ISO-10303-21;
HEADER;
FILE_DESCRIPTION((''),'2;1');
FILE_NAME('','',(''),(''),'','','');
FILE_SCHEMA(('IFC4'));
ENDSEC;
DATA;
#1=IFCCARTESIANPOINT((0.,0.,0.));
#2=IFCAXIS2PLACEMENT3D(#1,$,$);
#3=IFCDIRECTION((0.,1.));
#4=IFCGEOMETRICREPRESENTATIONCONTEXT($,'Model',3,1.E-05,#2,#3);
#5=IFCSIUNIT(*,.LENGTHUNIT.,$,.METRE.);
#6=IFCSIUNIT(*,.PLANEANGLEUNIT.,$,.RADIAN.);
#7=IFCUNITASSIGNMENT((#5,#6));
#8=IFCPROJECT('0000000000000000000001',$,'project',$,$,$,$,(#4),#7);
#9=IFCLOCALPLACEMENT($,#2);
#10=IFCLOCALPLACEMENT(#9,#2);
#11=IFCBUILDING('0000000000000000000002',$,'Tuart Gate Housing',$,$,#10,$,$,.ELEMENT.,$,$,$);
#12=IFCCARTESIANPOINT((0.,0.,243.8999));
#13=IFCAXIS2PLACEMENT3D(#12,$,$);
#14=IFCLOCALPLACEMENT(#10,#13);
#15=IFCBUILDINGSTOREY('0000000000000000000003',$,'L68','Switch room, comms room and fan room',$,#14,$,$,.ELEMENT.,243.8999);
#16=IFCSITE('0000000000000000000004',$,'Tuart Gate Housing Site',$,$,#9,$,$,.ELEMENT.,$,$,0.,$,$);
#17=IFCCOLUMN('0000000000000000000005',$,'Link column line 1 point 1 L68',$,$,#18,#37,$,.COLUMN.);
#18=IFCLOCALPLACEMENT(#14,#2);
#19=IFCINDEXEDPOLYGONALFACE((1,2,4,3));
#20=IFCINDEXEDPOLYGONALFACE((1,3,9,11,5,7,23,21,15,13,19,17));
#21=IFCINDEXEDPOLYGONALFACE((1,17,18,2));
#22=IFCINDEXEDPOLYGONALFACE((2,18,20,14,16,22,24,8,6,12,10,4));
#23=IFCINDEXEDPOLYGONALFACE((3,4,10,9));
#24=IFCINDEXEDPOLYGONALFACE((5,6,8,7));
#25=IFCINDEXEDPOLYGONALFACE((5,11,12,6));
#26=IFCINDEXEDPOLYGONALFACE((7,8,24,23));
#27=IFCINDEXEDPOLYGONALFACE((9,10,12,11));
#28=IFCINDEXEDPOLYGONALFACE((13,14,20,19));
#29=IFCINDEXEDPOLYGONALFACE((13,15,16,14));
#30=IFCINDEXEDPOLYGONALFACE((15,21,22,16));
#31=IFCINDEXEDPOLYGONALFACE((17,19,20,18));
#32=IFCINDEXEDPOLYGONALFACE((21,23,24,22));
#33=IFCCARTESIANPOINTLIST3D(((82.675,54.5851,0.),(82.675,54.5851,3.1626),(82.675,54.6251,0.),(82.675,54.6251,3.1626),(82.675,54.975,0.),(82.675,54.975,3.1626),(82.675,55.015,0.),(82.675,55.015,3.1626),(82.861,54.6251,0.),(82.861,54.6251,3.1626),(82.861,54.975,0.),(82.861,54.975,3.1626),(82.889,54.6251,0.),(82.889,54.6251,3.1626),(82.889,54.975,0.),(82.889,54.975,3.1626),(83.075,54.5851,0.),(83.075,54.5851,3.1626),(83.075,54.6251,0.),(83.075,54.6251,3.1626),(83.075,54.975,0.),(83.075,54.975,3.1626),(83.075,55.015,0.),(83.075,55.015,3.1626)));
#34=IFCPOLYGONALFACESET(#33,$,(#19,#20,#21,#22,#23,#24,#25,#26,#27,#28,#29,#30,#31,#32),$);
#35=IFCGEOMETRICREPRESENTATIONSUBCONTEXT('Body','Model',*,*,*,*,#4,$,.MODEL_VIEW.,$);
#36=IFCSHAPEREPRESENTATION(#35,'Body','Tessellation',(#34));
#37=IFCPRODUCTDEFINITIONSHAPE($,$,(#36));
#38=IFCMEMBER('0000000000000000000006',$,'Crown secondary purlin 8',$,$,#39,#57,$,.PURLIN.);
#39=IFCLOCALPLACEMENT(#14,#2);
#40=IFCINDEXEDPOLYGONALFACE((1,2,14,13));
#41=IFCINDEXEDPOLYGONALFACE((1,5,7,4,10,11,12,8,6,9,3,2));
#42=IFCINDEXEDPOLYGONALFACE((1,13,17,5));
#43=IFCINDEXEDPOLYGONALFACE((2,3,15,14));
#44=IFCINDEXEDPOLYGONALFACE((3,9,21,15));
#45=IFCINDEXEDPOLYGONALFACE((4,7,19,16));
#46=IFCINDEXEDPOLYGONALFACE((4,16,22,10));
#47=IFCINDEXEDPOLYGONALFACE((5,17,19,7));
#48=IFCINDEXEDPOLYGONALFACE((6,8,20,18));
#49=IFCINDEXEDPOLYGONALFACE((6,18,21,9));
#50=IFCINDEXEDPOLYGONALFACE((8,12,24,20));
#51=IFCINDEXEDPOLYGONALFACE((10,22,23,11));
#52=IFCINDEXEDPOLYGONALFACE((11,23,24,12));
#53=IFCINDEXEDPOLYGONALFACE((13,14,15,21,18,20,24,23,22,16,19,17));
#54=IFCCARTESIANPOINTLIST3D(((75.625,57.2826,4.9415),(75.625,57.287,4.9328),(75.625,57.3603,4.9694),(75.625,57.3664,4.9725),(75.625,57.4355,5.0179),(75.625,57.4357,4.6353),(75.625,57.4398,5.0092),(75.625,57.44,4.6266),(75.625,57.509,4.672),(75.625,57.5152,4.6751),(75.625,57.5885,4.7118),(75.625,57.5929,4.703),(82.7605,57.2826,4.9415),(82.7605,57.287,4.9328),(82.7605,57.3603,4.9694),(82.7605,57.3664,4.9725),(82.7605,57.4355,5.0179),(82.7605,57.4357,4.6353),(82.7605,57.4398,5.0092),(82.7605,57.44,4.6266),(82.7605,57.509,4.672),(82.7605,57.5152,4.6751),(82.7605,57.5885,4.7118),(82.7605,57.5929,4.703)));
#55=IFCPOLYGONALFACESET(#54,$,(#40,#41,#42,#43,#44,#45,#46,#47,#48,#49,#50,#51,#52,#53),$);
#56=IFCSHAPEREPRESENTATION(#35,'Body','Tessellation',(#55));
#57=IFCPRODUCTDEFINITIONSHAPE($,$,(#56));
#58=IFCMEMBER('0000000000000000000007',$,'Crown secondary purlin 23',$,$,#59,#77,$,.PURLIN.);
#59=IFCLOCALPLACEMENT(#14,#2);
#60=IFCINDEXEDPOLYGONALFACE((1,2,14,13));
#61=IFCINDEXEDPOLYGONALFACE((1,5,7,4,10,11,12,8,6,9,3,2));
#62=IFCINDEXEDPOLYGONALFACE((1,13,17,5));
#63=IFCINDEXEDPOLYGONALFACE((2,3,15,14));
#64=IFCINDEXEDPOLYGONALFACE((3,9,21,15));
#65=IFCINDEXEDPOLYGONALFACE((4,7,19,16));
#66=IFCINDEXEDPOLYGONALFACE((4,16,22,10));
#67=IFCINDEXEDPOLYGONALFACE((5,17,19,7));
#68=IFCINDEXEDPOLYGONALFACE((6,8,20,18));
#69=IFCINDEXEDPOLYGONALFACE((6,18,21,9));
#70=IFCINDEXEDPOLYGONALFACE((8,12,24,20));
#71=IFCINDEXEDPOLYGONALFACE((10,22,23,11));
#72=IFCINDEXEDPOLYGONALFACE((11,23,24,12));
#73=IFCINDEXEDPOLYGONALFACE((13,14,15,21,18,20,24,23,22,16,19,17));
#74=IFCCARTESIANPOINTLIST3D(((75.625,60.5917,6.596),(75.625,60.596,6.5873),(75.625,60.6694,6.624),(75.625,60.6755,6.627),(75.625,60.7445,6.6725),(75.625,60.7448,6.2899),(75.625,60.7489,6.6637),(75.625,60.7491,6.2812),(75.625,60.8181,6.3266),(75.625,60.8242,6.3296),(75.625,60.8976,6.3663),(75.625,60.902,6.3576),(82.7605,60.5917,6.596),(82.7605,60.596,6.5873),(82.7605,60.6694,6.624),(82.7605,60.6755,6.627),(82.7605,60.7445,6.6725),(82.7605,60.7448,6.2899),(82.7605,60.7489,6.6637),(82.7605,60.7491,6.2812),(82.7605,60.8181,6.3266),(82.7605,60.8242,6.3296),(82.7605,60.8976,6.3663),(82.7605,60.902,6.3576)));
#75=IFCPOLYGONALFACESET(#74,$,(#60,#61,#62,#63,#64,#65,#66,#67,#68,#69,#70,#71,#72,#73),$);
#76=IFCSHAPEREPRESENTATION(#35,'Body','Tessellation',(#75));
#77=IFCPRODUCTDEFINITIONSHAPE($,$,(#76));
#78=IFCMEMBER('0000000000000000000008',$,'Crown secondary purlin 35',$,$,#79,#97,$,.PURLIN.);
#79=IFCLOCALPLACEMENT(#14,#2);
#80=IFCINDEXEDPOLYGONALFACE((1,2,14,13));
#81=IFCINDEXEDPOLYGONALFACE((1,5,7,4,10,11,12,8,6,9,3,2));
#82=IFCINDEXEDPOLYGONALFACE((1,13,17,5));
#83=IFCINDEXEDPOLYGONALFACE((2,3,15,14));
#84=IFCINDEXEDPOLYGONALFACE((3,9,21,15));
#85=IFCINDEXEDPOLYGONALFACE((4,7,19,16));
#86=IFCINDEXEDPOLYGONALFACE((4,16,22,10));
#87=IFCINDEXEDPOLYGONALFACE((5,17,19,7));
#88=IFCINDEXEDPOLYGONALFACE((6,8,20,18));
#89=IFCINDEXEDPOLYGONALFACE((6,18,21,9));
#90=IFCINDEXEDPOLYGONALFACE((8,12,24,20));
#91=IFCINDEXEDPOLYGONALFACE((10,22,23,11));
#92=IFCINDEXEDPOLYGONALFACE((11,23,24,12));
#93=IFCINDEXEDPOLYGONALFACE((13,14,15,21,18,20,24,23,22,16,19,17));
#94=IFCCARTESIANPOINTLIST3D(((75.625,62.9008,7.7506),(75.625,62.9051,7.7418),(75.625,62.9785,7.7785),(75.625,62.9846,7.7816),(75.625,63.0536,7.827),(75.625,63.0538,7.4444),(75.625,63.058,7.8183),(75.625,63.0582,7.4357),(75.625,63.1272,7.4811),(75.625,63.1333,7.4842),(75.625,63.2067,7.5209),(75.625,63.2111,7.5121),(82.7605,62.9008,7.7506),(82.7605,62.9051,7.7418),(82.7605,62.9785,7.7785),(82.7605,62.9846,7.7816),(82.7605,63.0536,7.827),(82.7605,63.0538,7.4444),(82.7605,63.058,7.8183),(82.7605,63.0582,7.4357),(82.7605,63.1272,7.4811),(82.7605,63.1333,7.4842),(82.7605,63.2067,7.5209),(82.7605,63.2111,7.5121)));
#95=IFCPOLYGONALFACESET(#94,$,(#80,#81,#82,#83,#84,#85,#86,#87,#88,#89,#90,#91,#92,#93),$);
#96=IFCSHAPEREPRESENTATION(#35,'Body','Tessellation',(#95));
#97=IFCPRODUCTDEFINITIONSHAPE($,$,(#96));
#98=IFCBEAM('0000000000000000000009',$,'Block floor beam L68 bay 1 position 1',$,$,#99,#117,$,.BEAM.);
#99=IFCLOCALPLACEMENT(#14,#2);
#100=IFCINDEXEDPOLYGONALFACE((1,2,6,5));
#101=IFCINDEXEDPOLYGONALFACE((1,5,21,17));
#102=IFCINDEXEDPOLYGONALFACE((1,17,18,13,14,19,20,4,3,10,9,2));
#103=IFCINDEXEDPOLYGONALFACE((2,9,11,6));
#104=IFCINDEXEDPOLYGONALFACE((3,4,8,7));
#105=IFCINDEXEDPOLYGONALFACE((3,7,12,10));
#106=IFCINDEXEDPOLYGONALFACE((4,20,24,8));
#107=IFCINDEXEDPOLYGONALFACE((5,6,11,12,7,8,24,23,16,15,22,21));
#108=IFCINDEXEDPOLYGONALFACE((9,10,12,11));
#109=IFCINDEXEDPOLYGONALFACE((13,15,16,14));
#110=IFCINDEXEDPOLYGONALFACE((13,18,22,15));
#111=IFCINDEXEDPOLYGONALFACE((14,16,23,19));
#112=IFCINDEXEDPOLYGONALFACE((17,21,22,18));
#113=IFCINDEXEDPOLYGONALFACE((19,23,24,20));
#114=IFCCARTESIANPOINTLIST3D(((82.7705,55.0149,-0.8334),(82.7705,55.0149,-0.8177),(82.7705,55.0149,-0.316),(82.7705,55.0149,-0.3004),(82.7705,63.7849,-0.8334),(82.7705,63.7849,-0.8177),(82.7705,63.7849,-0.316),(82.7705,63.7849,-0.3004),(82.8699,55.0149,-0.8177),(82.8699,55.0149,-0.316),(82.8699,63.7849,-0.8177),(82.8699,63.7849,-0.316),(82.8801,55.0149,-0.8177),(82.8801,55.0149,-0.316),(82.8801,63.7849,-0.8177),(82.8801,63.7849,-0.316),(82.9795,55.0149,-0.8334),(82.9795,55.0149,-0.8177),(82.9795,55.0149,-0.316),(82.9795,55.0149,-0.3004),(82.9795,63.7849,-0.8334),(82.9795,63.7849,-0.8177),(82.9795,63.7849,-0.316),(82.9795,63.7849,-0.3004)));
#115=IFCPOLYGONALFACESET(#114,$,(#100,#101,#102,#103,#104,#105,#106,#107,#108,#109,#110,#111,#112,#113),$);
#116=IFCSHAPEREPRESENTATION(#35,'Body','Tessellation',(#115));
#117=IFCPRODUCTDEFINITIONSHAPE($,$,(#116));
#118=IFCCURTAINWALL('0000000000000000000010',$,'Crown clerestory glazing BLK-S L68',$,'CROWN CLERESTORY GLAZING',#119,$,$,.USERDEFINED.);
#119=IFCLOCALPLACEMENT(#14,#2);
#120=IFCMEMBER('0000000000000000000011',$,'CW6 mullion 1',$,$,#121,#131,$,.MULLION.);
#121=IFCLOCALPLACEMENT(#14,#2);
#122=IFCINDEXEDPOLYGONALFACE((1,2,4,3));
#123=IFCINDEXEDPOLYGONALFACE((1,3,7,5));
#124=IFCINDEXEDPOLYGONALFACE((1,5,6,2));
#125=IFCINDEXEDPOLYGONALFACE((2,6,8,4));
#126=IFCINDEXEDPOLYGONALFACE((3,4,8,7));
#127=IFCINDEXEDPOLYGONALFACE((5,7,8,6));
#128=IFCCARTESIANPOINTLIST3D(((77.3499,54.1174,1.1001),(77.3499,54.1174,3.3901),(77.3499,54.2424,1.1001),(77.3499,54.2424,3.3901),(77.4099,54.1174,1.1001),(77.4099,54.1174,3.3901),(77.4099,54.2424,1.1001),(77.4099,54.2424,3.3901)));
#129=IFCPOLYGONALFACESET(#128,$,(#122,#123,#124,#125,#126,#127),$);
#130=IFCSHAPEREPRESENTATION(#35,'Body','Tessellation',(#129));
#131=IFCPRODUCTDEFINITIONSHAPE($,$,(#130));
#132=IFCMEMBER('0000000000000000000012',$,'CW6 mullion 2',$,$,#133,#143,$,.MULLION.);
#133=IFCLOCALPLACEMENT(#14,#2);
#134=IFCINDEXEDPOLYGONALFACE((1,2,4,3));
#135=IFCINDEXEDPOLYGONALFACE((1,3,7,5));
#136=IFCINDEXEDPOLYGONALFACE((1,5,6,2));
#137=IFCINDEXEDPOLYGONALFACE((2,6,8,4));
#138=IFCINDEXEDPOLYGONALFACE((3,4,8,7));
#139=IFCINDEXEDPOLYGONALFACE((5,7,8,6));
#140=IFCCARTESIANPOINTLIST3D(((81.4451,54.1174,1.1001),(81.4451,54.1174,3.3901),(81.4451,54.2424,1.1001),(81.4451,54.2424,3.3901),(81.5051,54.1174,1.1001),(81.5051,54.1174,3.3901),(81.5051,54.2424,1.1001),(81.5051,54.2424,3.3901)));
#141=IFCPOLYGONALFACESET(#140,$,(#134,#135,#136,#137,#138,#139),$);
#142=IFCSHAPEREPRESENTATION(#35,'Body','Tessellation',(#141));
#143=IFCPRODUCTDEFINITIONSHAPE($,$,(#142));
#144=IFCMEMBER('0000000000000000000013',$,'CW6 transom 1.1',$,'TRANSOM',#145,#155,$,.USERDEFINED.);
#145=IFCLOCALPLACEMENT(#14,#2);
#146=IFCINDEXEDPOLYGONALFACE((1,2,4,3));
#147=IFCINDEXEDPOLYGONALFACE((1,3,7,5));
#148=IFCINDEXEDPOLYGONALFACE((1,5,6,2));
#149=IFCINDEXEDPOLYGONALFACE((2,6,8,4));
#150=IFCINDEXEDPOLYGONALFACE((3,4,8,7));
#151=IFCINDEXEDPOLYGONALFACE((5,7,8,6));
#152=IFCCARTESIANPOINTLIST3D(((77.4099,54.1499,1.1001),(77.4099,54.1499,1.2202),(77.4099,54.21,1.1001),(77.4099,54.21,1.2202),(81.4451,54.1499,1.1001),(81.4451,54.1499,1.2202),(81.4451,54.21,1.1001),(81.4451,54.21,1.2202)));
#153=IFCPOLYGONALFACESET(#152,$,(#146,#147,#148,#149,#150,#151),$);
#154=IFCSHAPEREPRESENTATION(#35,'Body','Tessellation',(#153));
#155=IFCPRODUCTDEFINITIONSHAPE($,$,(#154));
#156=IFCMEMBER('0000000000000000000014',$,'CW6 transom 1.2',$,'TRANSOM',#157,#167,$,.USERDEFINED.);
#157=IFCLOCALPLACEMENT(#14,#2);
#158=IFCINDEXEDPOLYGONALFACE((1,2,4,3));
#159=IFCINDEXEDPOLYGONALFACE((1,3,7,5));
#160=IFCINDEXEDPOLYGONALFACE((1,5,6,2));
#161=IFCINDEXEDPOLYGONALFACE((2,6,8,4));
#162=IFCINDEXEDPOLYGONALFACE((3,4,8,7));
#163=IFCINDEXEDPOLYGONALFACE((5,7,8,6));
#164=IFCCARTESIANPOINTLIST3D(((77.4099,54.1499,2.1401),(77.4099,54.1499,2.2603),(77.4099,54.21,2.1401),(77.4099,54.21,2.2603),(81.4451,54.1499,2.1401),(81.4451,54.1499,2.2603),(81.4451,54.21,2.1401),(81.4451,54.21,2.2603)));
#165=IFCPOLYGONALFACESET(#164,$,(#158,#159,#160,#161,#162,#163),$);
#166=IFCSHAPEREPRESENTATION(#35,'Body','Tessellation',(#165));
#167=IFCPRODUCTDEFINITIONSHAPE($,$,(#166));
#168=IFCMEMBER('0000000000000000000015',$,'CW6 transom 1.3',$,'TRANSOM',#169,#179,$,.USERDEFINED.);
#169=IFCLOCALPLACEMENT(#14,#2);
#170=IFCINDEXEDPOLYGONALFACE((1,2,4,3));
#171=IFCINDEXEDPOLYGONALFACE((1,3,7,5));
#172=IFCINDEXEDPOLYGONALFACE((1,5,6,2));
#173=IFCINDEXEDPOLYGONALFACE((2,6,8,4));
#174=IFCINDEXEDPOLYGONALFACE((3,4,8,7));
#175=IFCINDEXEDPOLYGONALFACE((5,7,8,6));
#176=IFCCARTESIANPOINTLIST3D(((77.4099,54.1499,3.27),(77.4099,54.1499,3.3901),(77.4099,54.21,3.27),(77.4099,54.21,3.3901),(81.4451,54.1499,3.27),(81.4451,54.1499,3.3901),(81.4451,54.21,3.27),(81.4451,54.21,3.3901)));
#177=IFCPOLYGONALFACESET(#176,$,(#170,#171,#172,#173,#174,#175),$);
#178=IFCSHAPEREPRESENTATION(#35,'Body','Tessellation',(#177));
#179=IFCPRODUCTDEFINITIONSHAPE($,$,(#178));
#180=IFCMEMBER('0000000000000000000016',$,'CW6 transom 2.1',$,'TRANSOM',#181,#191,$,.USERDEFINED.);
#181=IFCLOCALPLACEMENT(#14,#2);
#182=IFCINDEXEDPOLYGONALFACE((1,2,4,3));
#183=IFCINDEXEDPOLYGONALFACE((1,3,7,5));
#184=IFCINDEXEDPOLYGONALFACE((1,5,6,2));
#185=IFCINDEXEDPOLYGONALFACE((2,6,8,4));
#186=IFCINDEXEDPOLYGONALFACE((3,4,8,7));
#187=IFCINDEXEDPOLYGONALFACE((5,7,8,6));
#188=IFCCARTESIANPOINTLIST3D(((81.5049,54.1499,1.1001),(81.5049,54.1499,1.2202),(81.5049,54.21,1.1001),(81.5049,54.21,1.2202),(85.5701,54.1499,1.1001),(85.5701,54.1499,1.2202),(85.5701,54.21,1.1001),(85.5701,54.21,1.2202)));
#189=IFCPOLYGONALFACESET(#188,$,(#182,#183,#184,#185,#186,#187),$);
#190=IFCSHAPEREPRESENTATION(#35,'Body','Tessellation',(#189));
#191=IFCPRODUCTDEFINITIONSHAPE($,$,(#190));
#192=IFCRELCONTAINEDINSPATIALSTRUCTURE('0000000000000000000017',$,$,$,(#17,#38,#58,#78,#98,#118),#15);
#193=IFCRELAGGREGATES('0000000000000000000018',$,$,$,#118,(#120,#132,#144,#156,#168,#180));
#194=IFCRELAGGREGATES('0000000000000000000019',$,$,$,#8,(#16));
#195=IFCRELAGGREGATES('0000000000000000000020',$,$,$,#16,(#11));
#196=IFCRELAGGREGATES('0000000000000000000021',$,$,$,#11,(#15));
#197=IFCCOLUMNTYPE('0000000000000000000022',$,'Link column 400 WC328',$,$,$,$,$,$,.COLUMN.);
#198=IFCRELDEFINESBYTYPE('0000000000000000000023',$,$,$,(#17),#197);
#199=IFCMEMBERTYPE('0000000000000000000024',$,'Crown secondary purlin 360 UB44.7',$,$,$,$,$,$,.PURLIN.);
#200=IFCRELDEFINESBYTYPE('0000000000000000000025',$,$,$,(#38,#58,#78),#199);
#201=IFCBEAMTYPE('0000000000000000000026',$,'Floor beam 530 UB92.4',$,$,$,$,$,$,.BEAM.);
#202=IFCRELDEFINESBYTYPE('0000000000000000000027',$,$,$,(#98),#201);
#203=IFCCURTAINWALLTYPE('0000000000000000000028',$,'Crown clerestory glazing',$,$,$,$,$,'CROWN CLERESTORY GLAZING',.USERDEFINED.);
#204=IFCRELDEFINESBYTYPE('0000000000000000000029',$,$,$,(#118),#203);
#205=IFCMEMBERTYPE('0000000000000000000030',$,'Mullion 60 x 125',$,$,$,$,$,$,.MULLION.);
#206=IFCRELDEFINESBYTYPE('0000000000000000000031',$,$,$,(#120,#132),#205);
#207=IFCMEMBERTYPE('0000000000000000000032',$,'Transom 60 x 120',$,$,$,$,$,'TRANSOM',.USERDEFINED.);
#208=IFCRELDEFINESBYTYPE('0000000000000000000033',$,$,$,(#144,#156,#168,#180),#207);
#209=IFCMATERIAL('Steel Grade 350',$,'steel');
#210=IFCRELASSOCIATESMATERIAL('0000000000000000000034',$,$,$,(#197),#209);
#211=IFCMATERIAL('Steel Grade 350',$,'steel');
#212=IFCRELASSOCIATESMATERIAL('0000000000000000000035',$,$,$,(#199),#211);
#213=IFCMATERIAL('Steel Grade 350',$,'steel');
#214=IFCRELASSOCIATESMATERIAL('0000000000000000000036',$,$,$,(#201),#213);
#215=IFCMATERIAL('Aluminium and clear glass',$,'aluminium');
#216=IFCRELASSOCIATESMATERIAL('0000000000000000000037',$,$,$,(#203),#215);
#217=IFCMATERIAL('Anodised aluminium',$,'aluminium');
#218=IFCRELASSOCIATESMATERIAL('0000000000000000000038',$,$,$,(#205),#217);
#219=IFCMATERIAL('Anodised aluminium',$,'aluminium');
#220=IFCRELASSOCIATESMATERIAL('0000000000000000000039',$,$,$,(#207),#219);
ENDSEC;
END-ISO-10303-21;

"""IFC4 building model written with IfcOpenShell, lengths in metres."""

from ifc_helpers import new_model, si_unit, direction, frame, origin, origin_2d, place, context, subcontext, project, spatial, rectangle, i_section, extrude, material, material_profile, profile_set, type_object, element, aggregate, save


model = new_model("IFC4")

# Units and contexts
model_context = context("Model", 3, precision=1e-05, world=origin(), true_north=direction((0.0, 1.0)))
body_context = subcontext(model_context, "Body", "Model", "MODEL_VIEW")
ifc_project = project(units=[si_unit("LENGTHUNIT", "METRE"), si_unit("PLANEANGLEUNIT", "RADIAN")], contexts=[model_context])

# Site, building, storey
site_placement = place(None, origin())
site = spatial("IfcSite", under=ifc_project, at=site_placement, Name="Tuart Gate Housing Site", CompositionType="ELEMENT", RefElevation=0.0)
building_placement = place(site_placement, origin())
building = spatial("IfcBuilding", under=site, at=building_placement, Name="Tuart Gate Housing", CompositionType="ELEMENT")
storey_placement = place(building_placement, frame((0.0, 0.0, 243.8999)))
storey = spatial("IfcBuildingStorey", under=building, at=storey_placement, Name="L68", Description="Switch room, comms room and fan room", CompositionType="ELEMENT", Elevation=243.8999)

# Column
ifc_material_1 = material(Name="Steel Grade 350", Category="steel")
ifc_material_profile_1 = material_profile(ifc_material_1, i_section(OverallWidth=0.3999, OverallDepth=0.4299, WebThickness=0.0281, FlangeThickness=0.04, at=origin_2d()), Name="400WC328")
ifc_profile_set_1 = profile_set([ifc_material_profile_1], Name="Steel Grade 350")
column_type = type_object("IfcColumnType", Name="Link column 400 WC328", PredefinedType="COLUMN", material=ifc_profile_set_1)
column_placement = place(storey_placement, frame((82.875, 54.8, 0.0), z_axis=(0.0, 0.0, 1.0), x_axis=(1.0, 0.0, 0.0)))
element("IfcColumn", 1, at=column_placement, inside=storey, type_object=column_type, Name="Link column line 1 point 1 L68", PredefinedType="COLUMN", context=body_context, shape_type="SweptSolid", body=[
    extrude(i_section(OverallWidth=0.3999, OverallDepth=0.4299, WebThickness=0.0281, FlangeThickness=0.04, at=origin_2d()), origin(), (0.0, 0.0, 1.0), 3.1626),
])

# Members
ifc_material_2 = material(Name="Steel Grade 350", Category="steel")
ifc_material_profile_2 = material_profile(ifc_material_2, i_section(OverallWidth=0.1709, OverallDepth=0.3521, WebThickness=0.0068, FlangeThickness=0.0098, at=origin_2d()), Name="360UB44.7")
ifc_profile_set_2 = profile_set([ifc_material_profile_2], Name="Steel Grade 350")
member_type_1 = type_object("IfcMemberType", Name="Crown secondary purlin 360 UB44.7", PredefinedType="PURLIN", material=ifc_profile_set_2)
for number, where, z_axis, x_axis, name in (
    (2, (75.625, 57.4377, 4.8223), (1.0, 0.0, 0.0), (0.0, 0.894427, 0.447214), "Crown secondary purlin 8"),
    (3, (75.625, 60.7468, 6.4768), (1.0, 0.0, 0.0), (0.0, 0.894427, 0.447214), "Crown secondary purlin 23"),
    (4, (75.625, 63.0559, 7.6313), (1.0, 0.0, 0.0), (0.0, 0.894427, 0.447214), "Crown secondary purlin 35"),
):
    element("IfcMember", number, at=place(storey_placement, frame(where, z_axis=z_axis, x_axis=x_axis)), inside=storey, type_object=member_type_1, Name=name, PredefinedType="PURLIN", context=body_context, shape_type="SweptSolid", body=[
        extrude(i_section(OverallWidth=0.1709, OverallDepth=0.3521, WebThickness=0.0068, FlangeThickness=0.0098, at=origin_2d()), origin(), (0.0, 0.0, 1.0), 7.1355),
    ])

# Beam
ifc_material_3 = material(Name="Steel Grade 350", Category="steel")
ifc_material_profile_3 = material_profile(ifc_material_3, i_section(OverallWidth=0.209, OverallDepth=0.533, WebThickness=0.0103, FlangeThickness=0.0156, at=origin_2d()), Name="530UB92.4")
ifc_profile_set_3 = profile_set([ifc_material_profile_3], Name="Steel Grade 350")
beam_type = type_object("IfcBeamType", Name="Floor beam 530 UB92.4", PredefinedType="BEAM", material=ifc_profile_set_3)
beam_placement = place(storey_placement, frame((82.875, 55.0149, -0.5669), z_axis=(0.0, 1.0, 0.0), x_axis=(-1.0, 0.0, 0.0)))
element("IfcBeam", 5, at=beam_placement, inside=storey, type_object=beam_type, Name="Block floor beam L68 bay 1 position 1", PredefinedType="BEAM", context=body_context, shape_type="SweptSolid", body=[
    extrude(i_section(OverallWidth=0.209, OverallDepth=0.533, WebThickness=0.0103, FlangeThickness=0.0156, at=origin_2d()), origin(), (0.0, 0.0, 1.0), 8.77),
])

# Curtain wall, members
ifc_material_4 = material(Name="Aluminium and clear glass", Category="aluminium")
curtain_wall_type = type_object("IfcCurtainWallType", Name="Crown clerestory glazing", ElementType="CROWN CLERESTORY GLAZING", PredefinedType="USERDEFINED", material=ifc_material_4)
curtain_wall_placement = place(storey_placement, origin())
curtain_wall = element("IfcCurtainWall", 6, at=curtain_wall_placement, inside=storey, type_object=curtain_wall_type, Name="Crown clerestory glazing BLK-S L68", ObjectType="CROWN CLERESTORY GLAZING", PredefinedType="USERDEFINED")
ifc_material_5 = material(Name="Anodised aluminium", Category="aluminium")
ifc_material_profile_4 = material_profile(ifc_material_5, rectangle(XDim=0.0601, YDim=0.125, at=origin_2d()), Name="60x125")
ifc_profile_set_4 = profile_set([ifc_material_profile_4], Name="Anodised aluminium")
member_type_2 = type_object("IfcMemberType", Name="Mullion 60 x 125", PredefinedType="MULLION", material=ifc_profile_set_4)
member_1_placement = place(storey_placement, frame((77.3799, 54.1799, 1.1001), z_axis=(0.0, 0.0, 1.0), x_axis=(1.0, 0.0, 0.0)))
member_1 = element("IfcMember", 7, at=member_1_placement, type_object=member_type_2, Name="CW6 mullion 1", PredefinedType="MULLION", context=body_context, shape_type="SweptSolid", body=[
    extrude(rectangle(XDim=0.0601, YDim=0.125, at=origin_2d()), origin(), (0.0, 0.0, 1.0), 2.29),
])
member_2_placement = place(storey_placement, frame((81.4751, 54.1799, 1.1001), z_axis=(0.0, 0.0, 1.0), x_axis=(1.0, 0.0, 0.0)))
member_2 = element("IfcMember", 8, at=member_2_placement, type_object=member_type_2, Name="CW6 mullion 2", PredefinedType="MULLION", context=body_context, shape_type="SweptSolid", body=[
    extrude(rectangle(XDim=0.0601, YDim=0.125, at=origin_2d()), origin(), (0.0, 0.0, 1.0), 2.29),
])
ifc_material_6 = material(Name="Anodised aluminium", Category="aluminium")
ifc_material_profile_5 = material_profile(ifc_material_6, rectangle(XDim=0.0601, YDim=0.1201, at=origin_2d()), Name="60x120")
ifc_profile_set_5 = profile_set([ifc_material_profile_5], Name="Anodised aluminium")
member_type_3 = type_object("IfcMemberType", Name="Transom 60 x 120", ElementType="TRANSOM", PredefinedType="USERDEFINED", material=ifc_profile_set_5)
member_3_placement = place(storey_placement, frame((77.4099, 54.1799, 1.1602), z_axis=(1.0, 0.0, 0.0), x_axis=(0.0, 1.0, 0.0)))
member_3 = element("IfcMember", 9, at=member_3_placement, type_object=member_type_3, Name="CW6 transom 1.1", ObjectType="TRANSOM", PredefinedType="USERDEFINED", context=body_context, shape_type="SweptSolid", body=[
    extrude(rectangle(XDim=0.0601, YDim=0.1201, at=origin_2d()), origin(), (0.0, 0.0, 1.0), 4.0352),
])
member_4_placement = place(storey_placement, frame((77.4099, 54.1799, 2.2002), z_axis=(1.0, 0.0, 0.0), x_axis=(0.0, 1.0, 0.0)))
member_4 = element("IfcMember", 10, at=member_4_placement, type_object=member_type_3, Name="CW6 transom 1.2", ObjectType="TRANSOM", PredefinedType="USERDEFINED", context=body_context, shape_type="SweptSolid", body=[
    extrude(rectangle(XDim=0.0601, YDim=0.1201, at=origin_2d()), origin(), (0.0, 0.0, 1.0), 4.0352),
])
member_5_placement = place(storey_placement, frame((77.4099, 54.1799, 3.3301), z_axis=(1.0, 0.0, 0.0), x_axis=(0.0, 1.0, 0.0)))
member_5 = element("IfcMember", 11, at=member_5_placement, type_object=member_type_3, Name="CW6 transom 1.3", ObjectType="TRANSOM", PredefinedType="USERDEFINED", context=body_context, shape_type="SweptSolid", body=[
    extrude(rectangle(XDim=0.0601, YDim=0.1201, at=origin_2d()), origin(), (0.0, 0.0, 1.0), 4.0352),
])
member_6_placement = place(storey_placement, frame((81.5049, 54.1799, 1.1602), z_axis=(1.0, 0.0, 0.0), x_axis=(0.0, 1.0, 0.0)))
member_6 = element("IfcMember", 12, at=member_6_placement, type_object=member_type_3, Name="CW6 transom 2.1", ObjectType="TRANSOM", PredefinedType="USERDEFINED", context=body_context, shape_type="SweptSolid", body=[
    extrude(rectangle(XDim=0.0601, YDim=0.1201, at=origin_2d()), origin(), (0.0, 0.0, 1.0), 4.0652),
])

aggregate(curtain_wall, [member_1, member_2, member_3, member_4, member_5, member_6])

save(model, "model.ifc")
